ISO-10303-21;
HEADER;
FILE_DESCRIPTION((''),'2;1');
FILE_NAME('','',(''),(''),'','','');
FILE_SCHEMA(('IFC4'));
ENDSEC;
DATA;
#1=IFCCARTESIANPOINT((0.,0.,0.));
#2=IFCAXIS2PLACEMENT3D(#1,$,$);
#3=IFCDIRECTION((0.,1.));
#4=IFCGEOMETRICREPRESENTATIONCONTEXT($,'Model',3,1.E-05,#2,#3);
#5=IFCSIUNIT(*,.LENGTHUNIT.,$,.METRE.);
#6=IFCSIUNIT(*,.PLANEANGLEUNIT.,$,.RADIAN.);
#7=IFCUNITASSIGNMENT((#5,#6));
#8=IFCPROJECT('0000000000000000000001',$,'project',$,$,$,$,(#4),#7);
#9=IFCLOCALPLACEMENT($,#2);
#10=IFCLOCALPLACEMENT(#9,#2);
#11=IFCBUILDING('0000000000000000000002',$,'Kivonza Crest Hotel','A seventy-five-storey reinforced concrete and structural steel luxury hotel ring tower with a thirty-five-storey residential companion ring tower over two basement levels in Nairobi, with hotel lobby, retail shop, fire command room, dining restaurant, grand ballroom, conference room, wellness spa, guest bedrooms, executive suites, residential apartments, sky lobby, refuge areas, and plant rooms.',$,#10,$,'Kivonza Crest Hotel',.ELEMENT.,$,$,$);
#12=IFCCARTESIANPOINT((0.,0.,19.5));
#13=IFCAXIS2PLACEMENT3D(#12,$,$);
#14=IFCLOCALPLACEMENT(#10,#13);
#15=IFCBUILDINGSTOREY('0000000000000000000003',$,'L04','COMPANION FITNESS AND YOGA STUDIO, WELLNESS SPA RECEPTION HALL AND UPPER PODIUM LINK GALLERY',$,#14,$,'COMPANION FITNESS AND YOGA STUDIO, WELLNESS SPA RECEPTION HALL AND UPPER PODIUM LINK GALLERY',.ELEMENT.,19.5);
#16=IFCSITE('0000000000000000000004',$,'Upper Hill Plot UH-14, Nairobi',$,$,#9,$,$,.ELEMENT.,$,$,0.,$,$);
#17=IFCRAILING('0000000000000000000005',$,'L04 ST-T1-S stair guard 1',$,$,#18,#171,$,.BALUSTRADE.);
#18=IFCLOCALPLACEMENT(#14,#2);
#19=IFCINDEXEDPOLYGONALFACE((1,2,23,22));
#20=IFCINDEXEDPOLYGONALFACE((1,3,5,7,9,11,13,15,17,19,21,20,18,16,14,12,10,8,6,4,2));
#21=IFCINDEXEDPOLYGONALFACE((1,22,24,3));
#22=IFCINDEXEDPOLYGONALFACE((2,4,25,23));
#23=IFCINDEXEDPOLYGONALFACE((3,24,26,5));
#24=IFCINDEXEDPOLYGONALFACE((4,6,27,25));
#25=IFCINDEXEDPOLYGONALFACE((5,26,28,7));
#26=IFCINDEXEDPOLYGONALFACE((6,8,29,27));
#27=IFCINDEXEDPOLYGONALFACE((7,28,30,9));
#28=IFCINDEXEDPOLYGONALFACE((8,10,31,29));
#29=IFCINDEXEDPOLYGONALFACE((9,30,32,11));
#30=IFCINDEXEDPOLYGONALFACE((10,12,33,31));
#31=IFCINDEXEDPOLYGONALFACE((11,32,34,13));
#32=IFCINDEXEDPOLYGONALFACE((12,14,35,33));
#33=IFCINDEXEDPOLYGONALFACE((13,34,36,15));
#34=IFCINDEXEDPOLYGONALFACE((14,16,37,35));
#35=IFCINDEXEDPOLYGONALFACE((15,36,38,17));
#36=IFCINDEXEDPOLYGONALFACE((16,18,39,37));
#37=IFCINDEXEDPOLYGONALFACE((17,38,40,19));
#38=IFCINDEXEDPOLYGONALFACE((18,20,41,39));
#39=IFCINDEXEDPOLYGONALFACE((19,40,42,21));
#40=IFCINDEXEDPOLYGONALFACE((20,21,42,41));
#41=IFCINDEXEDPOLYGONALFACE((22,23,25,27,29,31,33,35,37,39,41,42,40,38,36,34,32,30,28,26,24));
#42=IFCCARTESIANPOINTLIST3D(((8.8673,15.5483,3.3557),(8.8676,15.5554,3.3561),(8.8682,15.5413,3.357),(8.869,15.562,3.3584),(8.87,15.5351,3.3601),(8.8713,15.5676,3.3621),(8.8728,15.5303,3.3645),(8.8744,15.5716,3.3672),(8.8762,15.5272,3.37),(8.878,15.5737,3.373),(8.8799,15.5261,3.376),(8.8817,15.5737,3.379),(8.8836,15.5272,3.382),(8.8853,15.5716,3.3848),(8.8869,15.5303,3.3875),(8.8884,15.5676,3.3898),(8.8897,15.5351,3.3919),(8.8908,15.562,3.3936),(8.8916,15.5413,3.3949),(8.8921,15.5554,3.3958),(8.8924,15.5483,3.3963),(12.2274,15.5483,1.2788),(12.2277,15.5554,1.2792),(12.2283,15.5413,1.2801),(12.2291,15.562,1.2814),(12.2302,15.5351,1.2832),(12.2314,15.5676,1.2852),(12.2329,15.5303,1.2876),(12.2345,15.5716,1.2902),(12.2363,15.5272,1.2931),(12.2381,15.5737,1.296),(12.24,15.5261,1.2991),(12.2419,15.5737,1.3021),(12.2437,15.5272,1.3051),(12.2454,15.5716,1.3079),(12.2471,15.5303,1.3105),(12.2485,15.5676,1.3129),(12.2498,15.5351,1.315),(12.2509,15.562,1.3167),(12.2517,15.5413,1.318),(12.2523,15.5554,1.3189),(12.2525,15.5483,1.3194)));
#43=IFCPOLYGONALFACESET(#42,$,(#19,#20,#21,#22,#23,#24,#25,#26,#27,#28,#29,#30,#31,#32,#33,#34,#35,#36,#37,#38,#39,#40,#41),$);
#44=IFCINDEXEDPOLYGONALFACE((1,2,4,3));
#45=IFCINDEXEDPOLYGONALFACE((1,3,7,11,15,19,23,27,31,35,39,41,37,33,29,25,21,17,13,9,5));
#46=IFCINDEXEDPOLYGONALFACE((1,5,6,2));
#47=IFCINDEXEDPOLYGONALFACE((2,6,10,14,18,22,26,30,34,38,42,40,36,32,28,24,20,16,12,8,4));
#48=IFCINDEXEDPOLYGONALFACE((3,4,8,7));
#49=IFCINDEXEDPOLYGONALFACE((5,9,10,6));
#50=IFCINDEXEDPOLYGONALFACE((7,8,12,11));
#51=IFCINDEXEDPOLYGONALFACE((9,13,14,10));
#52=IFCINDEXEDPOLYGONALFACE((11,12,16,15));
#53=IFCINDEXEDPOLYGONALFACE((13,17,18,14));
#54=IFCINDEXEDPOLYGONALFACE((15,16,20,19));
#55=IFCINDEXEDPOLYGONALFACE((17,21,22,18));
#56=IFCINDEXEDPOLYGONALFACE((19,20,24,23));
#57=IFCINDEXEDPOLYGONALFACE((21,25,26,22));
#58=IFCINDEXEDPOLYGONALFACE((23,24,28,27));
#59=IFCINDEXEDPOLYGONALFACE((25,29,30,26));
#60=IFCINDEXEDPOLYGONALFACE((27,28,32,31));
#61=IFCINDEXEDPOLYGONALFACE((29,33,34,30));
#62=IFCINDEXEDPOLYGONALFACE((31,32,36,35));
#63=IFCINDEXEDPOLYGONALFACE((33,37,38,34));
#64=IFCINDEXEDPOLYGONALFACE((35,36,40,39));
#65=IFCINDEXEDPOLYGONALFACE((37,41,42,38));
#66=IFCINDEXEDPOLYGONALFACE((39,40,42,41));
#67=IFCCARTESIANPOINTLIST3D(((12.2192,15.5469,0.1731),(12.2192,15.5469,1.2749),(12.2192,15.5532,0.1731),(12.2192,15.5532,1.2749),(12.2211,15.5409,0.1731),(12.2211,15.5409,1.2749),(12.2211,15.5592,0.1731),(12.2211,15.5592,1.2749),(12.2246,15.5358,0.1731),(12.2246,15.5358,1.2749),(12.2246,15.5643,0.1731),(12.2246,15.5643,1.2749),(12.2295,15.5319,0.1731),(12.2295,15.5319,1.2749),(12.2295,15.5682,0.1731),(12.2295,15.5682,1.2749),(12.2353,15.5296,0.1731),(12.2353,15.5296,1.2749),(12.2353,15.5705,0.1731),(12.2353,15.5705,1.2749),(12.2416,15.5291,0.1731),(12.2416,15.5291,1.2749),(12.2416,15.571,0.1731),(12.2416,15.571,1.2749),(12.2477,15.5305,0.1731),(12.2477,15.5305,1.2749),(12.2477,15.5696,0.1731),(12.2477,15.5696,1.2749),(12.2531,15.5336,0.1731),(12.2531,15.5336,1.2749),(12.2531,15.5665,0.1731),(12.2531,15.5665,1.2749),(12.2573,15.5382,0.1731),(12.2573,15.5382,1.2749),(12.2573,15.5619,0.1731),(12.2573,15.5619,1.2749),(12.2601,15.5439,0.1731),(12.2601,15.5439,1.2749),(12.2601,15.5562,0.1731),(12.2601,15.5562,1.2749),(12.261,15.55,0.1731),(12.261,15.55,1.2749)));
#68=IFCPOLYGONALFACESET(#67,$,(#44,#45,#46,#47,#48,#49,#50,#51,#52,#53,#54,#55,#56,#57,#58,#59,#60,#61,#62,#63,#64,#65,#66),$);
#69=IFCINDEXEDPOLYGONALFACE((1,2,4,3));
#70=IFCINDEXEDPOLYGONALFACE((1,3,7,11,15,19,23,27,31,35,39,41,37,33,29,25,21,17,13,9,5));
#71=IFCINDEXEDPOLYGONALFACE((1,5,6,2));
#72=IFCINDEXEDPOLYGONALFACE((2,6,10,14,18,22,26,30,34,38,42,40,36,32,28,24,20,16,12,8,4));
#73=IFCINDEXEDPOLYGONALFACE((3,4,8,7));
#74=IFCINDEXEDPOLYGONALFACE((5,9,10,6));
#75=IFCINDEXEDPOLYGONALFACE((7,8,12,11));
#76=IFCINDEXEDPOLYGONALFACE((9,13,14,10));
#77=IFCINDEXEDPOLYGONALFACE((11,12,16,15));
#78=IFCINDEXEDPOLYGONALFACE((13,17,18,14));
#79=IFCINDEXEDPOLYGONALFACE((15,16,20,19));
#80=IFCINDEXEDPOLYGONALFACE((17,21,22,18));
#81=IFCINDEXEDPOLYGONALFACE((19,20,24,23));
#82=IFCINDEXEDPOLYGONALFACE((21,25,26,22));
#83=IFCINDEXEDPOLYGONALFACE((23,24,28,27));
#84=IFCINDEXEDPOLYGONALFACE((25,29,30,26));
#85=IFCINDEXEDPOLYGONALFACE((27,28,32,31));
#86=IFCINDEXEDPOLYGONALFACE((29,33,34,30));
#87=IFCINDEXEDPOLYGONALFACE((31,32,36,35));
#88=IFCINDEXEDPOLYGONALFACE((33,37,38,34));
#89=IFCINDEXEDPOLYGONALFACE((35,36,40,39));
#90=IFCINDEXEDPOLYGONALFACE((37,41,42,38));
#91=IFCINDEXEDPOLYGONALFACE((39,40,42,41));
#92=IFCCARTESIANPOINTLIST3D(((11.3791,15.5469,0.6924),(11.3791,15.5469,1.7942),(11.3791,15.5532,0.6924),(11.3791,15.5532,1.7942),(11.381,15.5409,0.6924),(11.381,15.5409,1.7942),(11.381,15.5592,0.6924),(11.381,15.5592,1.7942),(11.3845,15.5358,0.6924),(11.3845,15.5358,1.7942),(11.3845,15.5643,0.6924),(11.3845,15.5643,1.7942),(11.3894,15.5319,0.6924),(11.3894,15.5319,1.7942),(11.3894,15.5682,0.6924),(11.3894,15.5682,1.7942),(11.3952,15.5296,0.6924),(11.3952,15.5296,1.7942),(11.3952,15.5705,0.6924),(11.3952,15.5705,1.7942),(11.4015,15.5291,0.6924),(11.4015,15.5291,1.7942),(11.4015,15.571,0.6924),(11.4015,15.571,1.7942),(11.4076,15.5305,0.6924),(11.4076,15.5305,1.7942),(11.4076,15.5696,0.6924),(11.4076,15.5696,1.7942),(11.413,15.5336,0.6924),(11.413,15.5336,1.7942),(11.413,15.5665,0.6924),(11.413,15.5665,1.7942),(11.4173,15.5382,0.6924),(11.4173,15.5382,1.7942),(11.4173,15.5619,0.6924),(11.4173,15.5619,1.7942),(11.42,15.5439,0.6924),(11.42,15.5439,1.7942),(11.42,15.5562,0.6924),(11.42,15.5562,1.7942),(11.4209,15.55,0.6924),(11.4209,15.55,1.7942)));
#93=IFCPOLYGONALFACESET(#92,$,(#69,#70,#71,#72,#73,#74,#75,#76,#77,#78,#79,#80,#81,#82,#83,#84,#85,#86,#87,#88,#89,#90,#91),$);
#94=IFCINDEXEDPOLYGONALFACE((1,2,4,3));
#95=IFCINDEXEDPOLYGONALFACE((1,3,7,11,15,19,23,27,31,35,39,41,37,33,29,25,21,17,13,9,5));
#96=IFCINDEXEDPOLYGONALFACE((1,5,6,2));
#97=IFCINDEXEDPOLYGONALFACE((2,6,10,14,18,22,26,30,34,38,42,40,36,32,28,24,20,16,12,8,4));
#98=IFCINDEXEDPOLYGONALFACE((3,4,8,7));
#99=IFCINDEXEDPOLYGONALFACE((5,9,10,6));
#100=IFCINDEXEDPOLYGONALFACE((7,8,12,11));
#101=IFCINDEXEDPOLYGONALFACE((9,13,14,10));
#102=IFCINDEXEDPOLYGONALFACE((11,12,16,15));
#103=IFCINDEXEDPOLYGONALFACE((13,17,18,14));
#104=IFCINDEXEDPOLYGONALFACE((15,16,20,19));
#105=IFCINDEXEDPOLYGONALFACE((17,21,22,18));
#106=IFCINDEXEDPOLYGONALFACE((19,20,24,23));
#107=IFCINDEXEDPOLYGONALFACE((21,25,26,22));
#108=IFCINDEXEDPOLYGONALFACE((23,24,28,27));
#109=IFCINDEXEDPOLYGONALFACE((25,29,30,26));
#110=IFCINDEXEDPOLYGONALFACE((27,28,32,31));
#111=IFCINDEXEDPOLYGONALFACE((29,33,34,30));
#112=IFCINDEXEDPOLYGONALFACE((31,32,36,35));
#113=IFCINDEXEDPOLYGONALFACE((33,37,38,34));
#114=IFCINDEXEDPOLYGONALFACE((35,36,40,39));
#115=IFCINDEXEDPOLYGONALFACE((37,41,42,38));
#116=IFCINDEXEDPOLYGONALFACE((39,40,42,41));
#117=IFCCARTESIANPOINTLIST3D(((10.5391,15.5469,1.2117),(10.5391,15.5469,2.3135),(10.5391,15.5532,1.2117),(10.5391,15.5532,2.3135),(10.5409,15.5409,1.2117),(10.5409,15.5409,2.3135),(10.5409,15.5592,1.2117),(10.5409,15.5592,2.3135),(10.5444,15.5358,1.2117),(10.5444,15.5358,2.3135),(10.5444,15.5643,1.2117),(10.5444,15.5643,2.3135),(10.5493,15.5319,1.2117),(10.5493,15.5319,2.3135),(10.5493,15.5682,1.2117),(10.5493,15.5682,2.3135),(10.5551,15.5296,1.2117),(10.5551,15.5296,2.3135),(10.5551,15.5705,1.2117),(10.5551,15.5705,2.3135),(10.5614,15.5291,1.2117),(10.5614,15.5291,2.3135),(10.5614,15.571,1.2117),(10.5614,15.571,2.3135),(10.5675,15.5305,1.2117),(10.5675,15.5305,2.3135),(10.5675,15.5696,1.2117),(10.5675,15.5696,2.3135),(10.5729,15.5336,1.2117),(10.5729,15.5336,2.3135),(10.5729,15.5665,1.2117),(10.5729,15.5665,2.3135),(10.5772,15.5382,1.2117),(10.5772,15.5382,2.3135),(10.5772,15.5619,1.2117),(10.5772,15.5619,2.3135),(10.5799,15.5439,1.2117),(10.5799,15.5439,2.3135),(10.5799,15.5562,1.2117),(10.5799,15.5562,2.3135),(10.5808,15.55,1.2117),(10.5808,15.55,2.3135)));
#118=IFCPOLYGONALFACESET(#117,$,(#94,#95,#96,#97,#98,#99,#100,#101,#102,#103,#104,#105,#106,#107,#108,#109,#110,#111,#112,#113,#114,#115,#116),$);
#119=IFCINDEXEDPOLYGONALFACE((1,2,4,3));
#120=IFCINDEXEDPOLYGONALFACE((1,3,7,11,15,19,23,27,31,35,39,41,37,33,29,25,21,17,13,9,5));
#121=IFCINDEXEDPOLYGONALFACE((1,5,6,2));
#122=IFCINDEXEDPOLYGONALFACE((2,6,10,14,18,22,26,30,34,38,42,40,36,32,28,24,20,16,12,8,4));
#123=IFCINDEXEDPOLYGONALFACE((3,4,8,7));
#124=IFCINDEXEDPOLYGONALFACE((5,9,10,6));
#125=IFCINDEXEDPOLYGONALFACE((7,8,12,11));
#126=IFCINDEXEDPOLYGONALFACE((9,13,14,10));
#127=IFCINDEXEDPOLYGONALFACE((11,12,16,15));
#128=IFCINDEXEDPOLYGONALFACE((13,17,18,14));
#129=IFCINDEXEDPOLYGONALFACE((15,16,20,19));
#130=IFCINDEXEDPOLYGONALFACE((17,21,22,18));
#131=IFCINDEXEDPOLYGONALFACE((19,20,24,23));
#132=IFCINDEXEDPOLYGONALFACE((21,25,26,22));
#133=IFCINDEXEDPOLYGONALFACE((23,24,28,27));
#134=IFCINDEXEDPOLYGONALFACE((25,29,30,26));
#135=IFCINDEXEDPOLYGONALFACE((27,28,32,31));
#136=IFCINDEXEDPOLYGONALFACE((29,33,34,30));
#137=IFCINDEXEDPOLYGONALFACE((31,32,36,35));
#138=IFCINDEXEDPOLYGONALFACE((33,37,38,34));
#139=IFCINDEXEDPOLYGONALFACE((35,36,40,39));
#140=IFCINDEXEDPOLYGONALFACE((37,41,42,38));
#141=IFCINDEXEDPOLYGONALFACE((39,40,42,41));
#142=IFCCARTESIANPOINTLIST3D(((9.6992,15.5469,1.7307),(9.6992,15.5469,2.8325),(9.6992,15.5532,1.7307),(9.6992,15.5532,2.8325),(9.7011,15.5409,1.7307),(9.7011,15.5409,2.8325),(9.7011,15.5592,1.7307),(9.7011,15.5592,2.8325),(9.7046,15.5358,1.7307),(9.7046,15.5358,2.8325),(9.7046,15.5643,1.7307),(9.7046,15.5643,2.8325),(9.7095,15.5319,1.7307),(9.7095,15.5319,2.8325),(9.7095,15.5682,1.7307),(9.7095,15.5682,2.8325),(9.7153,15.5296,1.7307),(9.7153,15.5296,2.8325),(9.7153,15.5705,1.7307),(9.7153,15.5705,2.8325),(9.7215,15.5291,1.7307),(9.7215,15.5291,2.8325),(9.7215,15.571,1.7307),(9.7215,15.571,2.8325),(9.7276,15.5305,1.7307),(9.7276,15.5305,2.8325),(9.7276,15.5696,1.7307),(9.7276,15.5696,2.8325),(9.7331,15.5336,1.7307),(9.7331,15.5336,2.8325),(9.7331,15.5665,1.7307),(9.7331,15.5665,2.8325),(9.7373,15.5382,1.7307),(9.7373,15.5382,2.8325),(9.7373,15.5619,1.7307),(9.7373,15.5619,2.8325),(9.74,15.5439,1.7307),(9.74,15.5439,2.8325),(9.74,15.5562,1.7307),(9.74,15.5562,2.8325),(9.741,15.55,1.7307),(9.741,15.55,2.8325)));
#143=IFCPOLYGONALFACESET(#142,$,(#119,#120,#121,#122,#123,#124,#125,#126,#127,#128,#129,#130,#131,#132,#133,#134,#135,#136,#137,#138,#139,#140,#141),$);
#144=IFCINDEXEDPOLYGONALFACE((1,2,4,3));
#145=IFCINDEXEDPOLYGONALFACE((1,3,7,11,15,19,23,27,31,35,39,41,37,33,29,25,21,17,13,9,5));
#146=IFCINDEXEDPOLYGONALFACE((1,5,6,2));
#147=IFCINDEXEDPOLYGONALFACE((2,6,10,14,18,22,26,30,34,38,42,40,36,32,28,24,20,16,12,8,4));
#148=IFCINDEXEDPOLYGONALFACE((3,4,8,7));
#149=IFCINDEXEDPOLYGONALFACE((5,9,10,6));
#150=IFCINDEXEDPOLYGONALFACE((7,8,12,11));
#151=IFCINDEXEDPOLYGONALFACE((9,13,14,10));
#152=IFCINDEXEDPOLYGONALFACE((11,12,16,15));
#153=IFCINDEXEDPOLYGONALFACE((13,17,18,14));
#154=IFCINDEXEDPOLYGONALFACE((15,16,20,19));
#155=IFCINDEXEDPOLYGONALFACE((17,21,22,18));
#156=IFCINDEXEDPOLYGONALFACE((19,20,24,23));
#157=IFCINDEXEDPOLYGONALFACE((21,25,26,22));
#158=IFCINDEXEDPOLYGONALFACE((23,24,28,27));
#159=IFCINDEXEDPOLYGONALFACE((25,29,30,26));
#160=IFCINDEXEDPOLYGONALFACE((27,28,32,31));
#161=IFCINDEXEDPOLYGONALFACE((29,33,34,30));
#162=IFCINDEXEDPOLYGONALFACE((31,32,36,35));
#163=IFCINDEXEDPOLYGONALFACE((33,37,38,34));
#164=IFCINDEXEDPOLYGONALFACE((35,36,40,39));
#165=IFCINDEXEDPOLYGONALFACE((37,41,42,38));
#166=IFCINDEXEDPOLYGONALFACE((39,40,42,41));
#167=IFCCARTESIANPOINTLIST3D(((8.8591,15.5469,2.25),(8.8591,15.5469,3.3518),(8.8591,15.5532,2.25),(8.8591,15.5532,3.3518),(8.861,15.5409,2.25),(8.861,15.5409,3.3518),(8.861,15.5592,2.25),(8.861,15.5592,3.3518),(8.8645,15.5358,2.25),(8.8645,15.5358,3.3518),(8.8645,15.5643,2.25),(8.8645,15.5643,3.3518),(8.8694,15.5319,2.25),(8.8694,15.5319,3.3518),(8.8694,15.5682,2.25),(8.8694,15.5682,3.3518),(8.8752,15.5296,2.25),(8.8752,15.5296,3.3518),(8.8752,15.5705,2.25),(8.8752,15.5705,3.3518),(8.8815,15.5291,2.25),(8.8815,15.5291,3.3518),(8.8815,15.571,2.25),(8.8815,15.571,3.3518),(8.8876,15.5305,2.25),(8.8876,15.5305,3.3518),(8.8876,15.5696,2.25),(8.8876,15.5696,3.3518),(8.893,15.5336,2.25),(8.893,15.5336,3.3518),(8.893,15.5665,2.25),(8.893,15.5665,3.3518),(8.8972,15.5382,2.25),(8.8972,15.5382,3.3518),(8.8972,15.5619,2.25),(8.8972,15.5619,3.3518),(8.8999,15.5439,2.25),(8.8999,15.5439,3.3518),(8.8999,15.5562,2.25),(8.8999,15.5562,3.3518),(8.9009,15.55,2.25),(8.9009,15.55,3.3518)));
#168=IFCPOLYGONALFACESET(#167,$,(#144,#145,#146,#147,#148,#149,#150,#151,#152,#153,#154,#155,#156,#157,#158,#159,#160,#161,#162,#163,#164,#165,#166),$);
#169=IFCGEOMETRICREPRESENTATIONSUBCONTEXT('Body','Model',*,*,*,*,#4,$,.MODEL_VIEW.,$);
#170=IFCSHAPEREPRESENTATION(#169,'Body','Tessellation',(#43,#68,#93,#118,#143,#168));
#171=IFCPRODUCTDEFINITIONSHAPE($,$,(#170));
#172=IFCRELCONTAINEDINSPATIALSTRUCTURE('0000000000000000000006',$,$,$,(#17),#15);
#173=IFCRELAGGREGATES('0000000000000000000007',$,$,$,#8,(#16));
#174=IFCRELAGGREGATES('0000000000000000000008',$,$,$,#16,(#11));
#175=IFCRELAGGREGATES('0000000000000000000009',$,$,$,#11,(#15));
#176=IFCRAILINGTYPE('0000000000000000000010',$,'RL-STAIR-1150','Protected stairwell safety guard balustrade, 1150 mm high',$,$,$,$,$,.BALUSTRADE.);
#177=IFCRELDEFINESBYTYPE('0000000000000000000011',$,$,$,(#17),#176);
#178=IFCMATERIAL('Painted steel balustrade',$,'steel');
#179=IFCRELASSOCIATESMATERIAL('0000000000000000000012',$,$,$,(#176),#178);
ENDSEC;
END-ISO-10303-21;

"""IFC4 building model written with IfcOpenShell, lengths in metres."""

from ifc_helpers import new_model, si_unit, direction, frame, origin, origin_2d, place, context, subcontext, project, spatial, circle, extrude, material, type_object, element, save


model = new_model("IFC4")

# Units and contexts
model_context = context("Model", 3, precision=1e-05, world=origin(), true_north=direction((0.0, 1.0)))
body_context = subcontext(model_context, "Body", "Model", "MODEL_VIEW")
ifc_project = project(units=[si_unit("LENGTHUNIT", "METRE"), si_unit("PLANEANGLEUNIT", "RADIAN")], contexts=[model_context])

# Site, building, storey
site_placement = place(None, origin())
site = spatial("IfcSite", under=ifc_project, at=site_placement, Name="Upper Hill Plot UH-14, Nairobi", CompositionType="ELEMENT", RefElevation=0.0)
building_placement = place(site_placement, origin())
building = spatial("IfcBuilding", under=site, at=building_placement, Name="Kivonza Crest Hotel", Description="A seventy-five-storey reinforced concrete and structural steel luxury hotel ring tower with a thirty-five-storey residential companion ring tower over two basement levels in Nairobi, with hotel lobby, retail shop, fire command room, dining restaurant, grand ballroom, conference room, wellness spa, guest bedrooms, executive suites, residential apartments, sky lobby, refuge areas, and plant rooms.", LongName="Kivonza Crest Hotel", CompositionType="ELEMENT")
storey_placement = place(building_placement, frame((0.0, 0.0, 19.5)))
storey = spatial("IfcBuildingStorey", under=building, at=storey_placement, Name="L04", Description="COMPANION FITNESS AND YOGA STUDIO, WELLNESS SPA RECEPTION HALL AND UPPER PODIUM LINK GALLERY", LongName="COMPANION FITNESS AND YOGA STUDIO, WELLNESS SPA RECEPTION HALL AND UPPER PODIUM LINK GALLERY", CompositionType="ELEMENT", Elevation=19.5)

# Railing
ifc_material_1 = material(Name="Painted steel balustrade", Category="steel")
railing_type_1 = type_object("IfcRailingType", Name="RL-STAIR-1150", Description="Protected stairwell safety guard balustrade, 1150 mm high", PredefinedType="BALUSTRADE", material=ifc_material_1)
railing_1_placement = place(storey_placement, frame((12.24, 15.55, 0.1731)))
element("IfcRailing", 1, at=railing_1_placement, inside=storey, type_object=railing_type_1, Name="L04 ST-T1-S stair guard 1", PredefinedType="BALUSTRADE", context=body_context, shape_type="SweptSolid", body=[
    extrude(circle(Radius=0.0239, at=origin_2d()), frame((0.0, 0.0, 1.126), z_axis=(-0.850623, 0.0, 0.525776), x_axis=(0.0, -1.0, 0.0)), (0.0, 0.0, 1.0), 3.9502),
    extrude(circle(Radius=0.021, at=origin_2d()), origin(), (0.0, 0.0, 1.0), 1.1018),
    extrude(circle(Radius=0.021, at=origin_2d()), frame((-0.8401, 0.0, 0.5193)), (0.0, 0.0, 1.0), 1.1018),
    extrude(circle(Radius=0.021, at=origin_2d()), frame((-1.6802, 0.0, 1.0386)), (0.0, 0.0, 1.0), 1.1018),
    extrude(circle(Radius=0.021, at=origin_2d()), frame((-2.52, 0.0, 1.5576)), (0.0, 0.0, 1.0), 1.1018),
    extrude(circle(Radius=0.021, at=origin_2d()), frame((-3.3601, 0.0, 2.0769)), (0.0, 0.0, 1.0), 1.1018),
])

save(model, "model.ifc")
